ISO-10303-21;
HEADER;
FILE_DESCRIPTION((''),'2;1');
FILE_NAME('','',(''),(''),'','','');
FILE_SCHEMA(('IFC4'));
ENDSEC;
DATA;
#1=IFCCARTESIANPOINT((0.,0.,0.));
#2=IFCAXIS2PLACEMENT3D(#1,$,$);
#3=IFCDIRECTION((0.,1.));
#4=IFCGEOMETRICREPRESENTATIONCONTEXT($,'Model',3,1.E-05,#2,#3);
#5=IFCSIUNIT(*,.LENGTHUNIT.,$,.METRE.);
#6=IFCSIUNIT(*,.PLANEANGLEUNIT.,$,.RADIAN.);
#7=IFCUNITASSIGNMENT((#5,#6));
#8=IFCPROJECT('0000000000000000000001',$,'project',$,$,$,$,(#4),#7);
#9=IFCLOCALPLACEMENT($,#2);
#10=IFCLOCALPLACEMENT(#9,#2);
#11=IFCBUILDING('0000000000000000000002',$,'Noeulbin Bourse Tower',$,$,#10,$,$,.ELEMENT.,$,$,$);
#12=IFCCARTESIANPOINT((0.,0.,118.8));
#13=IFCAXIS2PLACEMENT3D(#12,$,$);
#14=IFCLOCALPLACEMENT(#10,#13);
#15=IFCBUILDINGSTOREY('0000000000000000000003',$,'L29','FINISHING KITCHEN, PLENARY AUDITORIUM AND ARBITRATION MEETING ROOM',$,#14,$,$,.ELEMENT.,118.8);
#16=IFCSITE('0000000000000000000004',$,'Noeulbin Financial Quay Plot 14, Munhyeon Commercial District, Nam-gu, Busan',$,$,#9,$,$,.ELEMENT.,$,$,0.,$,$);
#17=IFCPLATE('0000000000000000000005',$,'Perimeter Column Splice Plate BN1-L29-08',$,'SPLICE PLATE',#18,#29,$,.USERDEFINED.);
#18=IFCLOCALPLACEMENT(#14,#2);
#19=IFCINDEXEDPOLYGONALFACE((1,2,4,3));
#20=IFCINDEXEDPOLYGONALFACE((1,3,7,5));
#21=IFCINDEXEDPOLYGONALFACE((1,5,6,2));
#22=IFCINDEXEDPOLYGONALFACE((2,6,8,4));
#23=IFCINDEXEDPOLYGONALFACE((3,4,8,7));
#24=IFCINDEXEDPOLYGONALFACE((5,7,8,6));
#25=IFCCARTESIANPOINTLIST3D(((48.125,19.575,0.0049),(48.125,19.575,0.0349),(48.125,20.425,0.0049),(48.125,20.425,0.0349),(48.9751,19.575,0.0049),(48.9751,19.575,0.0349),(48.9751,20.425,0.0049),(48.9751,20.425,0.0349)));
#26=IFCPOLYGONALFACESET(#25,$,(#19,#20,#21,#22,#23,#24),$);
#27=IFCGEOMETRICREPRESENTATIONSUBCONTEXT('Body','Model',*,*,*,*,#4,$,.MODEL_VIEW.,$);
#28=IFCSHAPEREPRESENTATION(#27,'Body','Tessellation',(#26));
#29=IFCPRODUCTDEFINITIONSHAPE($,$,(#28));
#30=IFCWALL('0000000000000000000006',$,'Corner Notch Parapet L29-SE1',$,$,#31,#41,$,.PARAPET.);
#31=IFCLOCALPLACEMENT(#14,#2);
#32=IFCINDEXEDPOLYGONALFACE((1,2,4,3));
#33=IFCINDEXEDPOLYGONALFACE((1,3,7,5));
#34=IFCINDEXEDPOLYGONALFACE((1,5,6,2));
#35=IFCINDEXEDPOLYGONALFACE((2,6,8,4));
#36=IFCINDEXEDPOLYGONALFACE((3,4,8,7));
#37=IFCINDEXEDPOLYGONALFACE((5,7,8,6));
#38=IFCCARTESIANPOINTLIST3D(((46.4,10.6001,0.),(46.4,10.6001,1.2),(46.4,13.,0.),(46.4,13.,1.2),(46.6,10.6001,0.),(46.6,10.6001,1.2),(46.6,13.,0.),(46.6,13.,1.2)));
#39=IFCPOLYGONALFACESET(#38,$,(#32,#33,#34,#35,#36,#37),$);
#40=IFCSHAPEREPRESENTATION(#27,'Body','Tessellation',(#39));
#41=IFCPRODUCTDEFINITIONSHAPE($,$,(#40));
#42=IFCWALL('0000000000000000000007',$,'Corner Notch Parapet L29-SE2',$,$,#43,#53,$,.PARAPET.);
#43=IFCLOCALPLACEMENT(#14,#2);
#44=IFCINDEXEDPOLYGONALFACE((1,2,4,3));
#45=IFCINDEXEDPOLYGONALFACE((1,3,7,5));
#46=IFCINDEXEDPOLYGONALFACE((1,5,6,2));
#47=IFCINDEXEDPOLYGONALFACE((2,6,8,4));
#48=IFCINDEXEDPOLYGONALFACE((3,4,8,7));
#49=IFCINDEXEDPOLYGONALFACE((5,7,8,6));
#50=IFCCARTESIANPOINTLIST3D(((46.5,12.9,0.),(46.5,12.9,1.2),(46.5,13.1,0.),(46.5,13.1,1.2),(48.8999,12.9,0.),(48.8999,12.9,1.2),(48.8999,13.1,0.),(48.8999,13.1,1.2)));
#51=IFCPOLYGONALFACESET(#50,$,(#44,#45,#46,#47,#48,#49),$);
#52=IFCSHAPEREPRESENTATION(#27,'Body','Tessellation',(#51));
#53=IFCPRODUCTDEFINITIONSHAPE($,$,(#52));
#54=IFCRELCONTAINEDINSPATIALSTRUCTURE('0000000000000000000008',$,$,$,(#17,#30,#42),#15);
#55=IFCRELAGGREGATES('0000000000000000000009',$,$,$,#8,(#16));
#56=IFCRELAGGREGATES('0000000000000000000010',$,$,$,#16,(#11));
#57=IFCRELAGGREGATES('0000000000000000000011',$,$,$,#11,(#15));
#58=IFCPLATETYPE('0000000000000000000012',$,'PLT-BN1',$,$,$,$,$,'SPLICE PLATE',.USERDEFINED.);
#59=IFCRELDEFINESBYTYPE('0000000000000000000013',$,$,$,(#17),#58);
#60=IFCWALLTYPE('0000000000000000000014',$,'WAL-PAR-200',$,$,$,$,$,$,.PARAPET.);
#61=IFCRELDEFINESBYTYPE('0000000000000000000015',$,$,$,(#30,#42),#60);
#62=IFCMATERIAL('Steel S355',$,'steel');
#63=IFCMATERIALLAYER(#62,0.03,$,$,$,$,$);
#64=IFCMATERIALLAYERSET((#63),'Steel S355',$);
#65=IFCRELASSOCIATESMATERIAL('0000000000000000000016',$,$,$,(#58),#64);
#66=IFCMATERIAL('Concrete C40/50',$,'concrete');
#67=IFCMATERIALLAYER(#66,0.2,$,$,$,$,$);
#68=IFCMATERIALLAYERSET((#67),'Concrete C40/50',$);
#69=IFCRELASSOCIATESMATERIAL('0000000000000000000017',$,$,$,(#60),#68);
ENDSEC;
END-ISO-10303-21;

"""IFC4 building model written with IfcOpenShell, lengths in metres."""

from ifc_helpers import new_model, si_unit, direction, frame, frame_2d, origin, origin_2d, place, context, subcontext, project, spatial, rectangle, extrude, material, layer, layer_set, type_object, element, save


model = new_model("IFC4")

# Units and contexts
model_context = context("Model", 3, precision=1e-05, world=origin(), true_north=direction((0.0, 1.0)))
body_context = subcontext(model_context, "Body", "Model", "MODEL_VIEW")
ifc_project = project(units=[si_unit("LENGTHUNIT", "METRE"), si_unit("PLANEANGLEUNIT", "RADIAN")], contexts=[model_context])

# Site, building, storey
site_placement = place(None, origin())
site = spatial("IfcSite", under=ifc_project, at=site_placement, Name="Noeulbin Financial Quay Plot 14, Munhyeon Commercial District, Nam-gu, Busan", CompositionType="ELEMENT", RefElevation=0.0)
building_placement = place(site_placement, origin())
building = spatial("IfcBuilding", under=site, at=building_placement, Name="Noeulbin Bourse Tower", CompositionType="ELEMENT")
storey_placement = place(building_placement, frame((0.0, 0.0, 118.8)))
storey = spatial("IfcBuildingStorey", under=building, at=storey_placement, Name="L29", Description="FINISHING KITCHEN, PLENARY AUDITORIUM AND ARBITRATION MEETING ROOM", CompositionType="ELEMENT", Elevation=118.8)

# Shared definitions
ifc_material_1 = material(Name="Steel S355", Category="steel")

# Plate
ifc_layer_1 = layer(ifc_material_1, 0.03)
ifc_layer_set_1 = layer_set([ifc_layer_1], Name="Steel S355")
plate_type_1 = type_object("IfcPlateType", Name="PLT-BN1", ElementType="SPLICE PLATE", PredefinedType="USERDEFINED", material=ifc_layer_set_1)
for number, where, z_axis, x_axis, name in (
    (1, (48.55, 20.0, 0.0049), (0.0, 0.0, 1.0), (1.0, 0.0, 0.0), "Perimeter Column Splice Plate BN1-L29-08"),
):
    element("IfcPlate", number, at=place(storey_placement, frame(where, z_axis=z_axis, x_axis=x_axis)), inside=storey, type_object=plate_type_1, Name=name, ObjectType="SPLICE PLATE", PredefinedType="USERDEFINED", context=body_context, shape_type="SweptSolid", body=[
        extrude(rectangle(XDim=0.8501, YDim=0.8501, at=origin_2d()), origin(), (0.0, 0.0, 1.0), 0.03),
    ])

# Walls
ifc_material_2 = material(Name="Concrete C40/50", Category="concrete")
ifc_layer_2 = layer(ifc_material_2, 0.2)
ifc_layer_set_2 = layer_set([ifc_layer_2], Name="Concrete C40/50")
wall_type = type_object("IfcWallType", Name="WAL-PAR-200", PredefinedType="PARAPET", material=ifc_layer_set_2)
for number, where, z_axis, x_axis, name in (
    (2, (46.5, 10.6001, 0.0), (0.0, 0.0, 1.0), (0.0, 1.0, 0.0), "Corner Notch Parapet L29-SE1"),
    (3, (46.5, 13.0, 0.0), (0.0, 0.0, 1.0), (1.0, 0.0, 0.0), "Corner Notch Parapet L29-SE2"),
):
    element("IfcWall", number, at=place(storey_placement, frame(where, z_axis=z_axis, x_axis=x_axis)), inside=storey, type_object=wall_type, Name=name, PredefinedType="PARAPET", context=body_context, shape_type="SweptSolid", body=[
        extrude(rectangle(XDim=2.3999, YDim=0.2, at=frame_2d((1.2, 0.0))), origin(), (0.0, 0.0, 1.0), 1.2),
    ])

save(model, "model.ifc")
